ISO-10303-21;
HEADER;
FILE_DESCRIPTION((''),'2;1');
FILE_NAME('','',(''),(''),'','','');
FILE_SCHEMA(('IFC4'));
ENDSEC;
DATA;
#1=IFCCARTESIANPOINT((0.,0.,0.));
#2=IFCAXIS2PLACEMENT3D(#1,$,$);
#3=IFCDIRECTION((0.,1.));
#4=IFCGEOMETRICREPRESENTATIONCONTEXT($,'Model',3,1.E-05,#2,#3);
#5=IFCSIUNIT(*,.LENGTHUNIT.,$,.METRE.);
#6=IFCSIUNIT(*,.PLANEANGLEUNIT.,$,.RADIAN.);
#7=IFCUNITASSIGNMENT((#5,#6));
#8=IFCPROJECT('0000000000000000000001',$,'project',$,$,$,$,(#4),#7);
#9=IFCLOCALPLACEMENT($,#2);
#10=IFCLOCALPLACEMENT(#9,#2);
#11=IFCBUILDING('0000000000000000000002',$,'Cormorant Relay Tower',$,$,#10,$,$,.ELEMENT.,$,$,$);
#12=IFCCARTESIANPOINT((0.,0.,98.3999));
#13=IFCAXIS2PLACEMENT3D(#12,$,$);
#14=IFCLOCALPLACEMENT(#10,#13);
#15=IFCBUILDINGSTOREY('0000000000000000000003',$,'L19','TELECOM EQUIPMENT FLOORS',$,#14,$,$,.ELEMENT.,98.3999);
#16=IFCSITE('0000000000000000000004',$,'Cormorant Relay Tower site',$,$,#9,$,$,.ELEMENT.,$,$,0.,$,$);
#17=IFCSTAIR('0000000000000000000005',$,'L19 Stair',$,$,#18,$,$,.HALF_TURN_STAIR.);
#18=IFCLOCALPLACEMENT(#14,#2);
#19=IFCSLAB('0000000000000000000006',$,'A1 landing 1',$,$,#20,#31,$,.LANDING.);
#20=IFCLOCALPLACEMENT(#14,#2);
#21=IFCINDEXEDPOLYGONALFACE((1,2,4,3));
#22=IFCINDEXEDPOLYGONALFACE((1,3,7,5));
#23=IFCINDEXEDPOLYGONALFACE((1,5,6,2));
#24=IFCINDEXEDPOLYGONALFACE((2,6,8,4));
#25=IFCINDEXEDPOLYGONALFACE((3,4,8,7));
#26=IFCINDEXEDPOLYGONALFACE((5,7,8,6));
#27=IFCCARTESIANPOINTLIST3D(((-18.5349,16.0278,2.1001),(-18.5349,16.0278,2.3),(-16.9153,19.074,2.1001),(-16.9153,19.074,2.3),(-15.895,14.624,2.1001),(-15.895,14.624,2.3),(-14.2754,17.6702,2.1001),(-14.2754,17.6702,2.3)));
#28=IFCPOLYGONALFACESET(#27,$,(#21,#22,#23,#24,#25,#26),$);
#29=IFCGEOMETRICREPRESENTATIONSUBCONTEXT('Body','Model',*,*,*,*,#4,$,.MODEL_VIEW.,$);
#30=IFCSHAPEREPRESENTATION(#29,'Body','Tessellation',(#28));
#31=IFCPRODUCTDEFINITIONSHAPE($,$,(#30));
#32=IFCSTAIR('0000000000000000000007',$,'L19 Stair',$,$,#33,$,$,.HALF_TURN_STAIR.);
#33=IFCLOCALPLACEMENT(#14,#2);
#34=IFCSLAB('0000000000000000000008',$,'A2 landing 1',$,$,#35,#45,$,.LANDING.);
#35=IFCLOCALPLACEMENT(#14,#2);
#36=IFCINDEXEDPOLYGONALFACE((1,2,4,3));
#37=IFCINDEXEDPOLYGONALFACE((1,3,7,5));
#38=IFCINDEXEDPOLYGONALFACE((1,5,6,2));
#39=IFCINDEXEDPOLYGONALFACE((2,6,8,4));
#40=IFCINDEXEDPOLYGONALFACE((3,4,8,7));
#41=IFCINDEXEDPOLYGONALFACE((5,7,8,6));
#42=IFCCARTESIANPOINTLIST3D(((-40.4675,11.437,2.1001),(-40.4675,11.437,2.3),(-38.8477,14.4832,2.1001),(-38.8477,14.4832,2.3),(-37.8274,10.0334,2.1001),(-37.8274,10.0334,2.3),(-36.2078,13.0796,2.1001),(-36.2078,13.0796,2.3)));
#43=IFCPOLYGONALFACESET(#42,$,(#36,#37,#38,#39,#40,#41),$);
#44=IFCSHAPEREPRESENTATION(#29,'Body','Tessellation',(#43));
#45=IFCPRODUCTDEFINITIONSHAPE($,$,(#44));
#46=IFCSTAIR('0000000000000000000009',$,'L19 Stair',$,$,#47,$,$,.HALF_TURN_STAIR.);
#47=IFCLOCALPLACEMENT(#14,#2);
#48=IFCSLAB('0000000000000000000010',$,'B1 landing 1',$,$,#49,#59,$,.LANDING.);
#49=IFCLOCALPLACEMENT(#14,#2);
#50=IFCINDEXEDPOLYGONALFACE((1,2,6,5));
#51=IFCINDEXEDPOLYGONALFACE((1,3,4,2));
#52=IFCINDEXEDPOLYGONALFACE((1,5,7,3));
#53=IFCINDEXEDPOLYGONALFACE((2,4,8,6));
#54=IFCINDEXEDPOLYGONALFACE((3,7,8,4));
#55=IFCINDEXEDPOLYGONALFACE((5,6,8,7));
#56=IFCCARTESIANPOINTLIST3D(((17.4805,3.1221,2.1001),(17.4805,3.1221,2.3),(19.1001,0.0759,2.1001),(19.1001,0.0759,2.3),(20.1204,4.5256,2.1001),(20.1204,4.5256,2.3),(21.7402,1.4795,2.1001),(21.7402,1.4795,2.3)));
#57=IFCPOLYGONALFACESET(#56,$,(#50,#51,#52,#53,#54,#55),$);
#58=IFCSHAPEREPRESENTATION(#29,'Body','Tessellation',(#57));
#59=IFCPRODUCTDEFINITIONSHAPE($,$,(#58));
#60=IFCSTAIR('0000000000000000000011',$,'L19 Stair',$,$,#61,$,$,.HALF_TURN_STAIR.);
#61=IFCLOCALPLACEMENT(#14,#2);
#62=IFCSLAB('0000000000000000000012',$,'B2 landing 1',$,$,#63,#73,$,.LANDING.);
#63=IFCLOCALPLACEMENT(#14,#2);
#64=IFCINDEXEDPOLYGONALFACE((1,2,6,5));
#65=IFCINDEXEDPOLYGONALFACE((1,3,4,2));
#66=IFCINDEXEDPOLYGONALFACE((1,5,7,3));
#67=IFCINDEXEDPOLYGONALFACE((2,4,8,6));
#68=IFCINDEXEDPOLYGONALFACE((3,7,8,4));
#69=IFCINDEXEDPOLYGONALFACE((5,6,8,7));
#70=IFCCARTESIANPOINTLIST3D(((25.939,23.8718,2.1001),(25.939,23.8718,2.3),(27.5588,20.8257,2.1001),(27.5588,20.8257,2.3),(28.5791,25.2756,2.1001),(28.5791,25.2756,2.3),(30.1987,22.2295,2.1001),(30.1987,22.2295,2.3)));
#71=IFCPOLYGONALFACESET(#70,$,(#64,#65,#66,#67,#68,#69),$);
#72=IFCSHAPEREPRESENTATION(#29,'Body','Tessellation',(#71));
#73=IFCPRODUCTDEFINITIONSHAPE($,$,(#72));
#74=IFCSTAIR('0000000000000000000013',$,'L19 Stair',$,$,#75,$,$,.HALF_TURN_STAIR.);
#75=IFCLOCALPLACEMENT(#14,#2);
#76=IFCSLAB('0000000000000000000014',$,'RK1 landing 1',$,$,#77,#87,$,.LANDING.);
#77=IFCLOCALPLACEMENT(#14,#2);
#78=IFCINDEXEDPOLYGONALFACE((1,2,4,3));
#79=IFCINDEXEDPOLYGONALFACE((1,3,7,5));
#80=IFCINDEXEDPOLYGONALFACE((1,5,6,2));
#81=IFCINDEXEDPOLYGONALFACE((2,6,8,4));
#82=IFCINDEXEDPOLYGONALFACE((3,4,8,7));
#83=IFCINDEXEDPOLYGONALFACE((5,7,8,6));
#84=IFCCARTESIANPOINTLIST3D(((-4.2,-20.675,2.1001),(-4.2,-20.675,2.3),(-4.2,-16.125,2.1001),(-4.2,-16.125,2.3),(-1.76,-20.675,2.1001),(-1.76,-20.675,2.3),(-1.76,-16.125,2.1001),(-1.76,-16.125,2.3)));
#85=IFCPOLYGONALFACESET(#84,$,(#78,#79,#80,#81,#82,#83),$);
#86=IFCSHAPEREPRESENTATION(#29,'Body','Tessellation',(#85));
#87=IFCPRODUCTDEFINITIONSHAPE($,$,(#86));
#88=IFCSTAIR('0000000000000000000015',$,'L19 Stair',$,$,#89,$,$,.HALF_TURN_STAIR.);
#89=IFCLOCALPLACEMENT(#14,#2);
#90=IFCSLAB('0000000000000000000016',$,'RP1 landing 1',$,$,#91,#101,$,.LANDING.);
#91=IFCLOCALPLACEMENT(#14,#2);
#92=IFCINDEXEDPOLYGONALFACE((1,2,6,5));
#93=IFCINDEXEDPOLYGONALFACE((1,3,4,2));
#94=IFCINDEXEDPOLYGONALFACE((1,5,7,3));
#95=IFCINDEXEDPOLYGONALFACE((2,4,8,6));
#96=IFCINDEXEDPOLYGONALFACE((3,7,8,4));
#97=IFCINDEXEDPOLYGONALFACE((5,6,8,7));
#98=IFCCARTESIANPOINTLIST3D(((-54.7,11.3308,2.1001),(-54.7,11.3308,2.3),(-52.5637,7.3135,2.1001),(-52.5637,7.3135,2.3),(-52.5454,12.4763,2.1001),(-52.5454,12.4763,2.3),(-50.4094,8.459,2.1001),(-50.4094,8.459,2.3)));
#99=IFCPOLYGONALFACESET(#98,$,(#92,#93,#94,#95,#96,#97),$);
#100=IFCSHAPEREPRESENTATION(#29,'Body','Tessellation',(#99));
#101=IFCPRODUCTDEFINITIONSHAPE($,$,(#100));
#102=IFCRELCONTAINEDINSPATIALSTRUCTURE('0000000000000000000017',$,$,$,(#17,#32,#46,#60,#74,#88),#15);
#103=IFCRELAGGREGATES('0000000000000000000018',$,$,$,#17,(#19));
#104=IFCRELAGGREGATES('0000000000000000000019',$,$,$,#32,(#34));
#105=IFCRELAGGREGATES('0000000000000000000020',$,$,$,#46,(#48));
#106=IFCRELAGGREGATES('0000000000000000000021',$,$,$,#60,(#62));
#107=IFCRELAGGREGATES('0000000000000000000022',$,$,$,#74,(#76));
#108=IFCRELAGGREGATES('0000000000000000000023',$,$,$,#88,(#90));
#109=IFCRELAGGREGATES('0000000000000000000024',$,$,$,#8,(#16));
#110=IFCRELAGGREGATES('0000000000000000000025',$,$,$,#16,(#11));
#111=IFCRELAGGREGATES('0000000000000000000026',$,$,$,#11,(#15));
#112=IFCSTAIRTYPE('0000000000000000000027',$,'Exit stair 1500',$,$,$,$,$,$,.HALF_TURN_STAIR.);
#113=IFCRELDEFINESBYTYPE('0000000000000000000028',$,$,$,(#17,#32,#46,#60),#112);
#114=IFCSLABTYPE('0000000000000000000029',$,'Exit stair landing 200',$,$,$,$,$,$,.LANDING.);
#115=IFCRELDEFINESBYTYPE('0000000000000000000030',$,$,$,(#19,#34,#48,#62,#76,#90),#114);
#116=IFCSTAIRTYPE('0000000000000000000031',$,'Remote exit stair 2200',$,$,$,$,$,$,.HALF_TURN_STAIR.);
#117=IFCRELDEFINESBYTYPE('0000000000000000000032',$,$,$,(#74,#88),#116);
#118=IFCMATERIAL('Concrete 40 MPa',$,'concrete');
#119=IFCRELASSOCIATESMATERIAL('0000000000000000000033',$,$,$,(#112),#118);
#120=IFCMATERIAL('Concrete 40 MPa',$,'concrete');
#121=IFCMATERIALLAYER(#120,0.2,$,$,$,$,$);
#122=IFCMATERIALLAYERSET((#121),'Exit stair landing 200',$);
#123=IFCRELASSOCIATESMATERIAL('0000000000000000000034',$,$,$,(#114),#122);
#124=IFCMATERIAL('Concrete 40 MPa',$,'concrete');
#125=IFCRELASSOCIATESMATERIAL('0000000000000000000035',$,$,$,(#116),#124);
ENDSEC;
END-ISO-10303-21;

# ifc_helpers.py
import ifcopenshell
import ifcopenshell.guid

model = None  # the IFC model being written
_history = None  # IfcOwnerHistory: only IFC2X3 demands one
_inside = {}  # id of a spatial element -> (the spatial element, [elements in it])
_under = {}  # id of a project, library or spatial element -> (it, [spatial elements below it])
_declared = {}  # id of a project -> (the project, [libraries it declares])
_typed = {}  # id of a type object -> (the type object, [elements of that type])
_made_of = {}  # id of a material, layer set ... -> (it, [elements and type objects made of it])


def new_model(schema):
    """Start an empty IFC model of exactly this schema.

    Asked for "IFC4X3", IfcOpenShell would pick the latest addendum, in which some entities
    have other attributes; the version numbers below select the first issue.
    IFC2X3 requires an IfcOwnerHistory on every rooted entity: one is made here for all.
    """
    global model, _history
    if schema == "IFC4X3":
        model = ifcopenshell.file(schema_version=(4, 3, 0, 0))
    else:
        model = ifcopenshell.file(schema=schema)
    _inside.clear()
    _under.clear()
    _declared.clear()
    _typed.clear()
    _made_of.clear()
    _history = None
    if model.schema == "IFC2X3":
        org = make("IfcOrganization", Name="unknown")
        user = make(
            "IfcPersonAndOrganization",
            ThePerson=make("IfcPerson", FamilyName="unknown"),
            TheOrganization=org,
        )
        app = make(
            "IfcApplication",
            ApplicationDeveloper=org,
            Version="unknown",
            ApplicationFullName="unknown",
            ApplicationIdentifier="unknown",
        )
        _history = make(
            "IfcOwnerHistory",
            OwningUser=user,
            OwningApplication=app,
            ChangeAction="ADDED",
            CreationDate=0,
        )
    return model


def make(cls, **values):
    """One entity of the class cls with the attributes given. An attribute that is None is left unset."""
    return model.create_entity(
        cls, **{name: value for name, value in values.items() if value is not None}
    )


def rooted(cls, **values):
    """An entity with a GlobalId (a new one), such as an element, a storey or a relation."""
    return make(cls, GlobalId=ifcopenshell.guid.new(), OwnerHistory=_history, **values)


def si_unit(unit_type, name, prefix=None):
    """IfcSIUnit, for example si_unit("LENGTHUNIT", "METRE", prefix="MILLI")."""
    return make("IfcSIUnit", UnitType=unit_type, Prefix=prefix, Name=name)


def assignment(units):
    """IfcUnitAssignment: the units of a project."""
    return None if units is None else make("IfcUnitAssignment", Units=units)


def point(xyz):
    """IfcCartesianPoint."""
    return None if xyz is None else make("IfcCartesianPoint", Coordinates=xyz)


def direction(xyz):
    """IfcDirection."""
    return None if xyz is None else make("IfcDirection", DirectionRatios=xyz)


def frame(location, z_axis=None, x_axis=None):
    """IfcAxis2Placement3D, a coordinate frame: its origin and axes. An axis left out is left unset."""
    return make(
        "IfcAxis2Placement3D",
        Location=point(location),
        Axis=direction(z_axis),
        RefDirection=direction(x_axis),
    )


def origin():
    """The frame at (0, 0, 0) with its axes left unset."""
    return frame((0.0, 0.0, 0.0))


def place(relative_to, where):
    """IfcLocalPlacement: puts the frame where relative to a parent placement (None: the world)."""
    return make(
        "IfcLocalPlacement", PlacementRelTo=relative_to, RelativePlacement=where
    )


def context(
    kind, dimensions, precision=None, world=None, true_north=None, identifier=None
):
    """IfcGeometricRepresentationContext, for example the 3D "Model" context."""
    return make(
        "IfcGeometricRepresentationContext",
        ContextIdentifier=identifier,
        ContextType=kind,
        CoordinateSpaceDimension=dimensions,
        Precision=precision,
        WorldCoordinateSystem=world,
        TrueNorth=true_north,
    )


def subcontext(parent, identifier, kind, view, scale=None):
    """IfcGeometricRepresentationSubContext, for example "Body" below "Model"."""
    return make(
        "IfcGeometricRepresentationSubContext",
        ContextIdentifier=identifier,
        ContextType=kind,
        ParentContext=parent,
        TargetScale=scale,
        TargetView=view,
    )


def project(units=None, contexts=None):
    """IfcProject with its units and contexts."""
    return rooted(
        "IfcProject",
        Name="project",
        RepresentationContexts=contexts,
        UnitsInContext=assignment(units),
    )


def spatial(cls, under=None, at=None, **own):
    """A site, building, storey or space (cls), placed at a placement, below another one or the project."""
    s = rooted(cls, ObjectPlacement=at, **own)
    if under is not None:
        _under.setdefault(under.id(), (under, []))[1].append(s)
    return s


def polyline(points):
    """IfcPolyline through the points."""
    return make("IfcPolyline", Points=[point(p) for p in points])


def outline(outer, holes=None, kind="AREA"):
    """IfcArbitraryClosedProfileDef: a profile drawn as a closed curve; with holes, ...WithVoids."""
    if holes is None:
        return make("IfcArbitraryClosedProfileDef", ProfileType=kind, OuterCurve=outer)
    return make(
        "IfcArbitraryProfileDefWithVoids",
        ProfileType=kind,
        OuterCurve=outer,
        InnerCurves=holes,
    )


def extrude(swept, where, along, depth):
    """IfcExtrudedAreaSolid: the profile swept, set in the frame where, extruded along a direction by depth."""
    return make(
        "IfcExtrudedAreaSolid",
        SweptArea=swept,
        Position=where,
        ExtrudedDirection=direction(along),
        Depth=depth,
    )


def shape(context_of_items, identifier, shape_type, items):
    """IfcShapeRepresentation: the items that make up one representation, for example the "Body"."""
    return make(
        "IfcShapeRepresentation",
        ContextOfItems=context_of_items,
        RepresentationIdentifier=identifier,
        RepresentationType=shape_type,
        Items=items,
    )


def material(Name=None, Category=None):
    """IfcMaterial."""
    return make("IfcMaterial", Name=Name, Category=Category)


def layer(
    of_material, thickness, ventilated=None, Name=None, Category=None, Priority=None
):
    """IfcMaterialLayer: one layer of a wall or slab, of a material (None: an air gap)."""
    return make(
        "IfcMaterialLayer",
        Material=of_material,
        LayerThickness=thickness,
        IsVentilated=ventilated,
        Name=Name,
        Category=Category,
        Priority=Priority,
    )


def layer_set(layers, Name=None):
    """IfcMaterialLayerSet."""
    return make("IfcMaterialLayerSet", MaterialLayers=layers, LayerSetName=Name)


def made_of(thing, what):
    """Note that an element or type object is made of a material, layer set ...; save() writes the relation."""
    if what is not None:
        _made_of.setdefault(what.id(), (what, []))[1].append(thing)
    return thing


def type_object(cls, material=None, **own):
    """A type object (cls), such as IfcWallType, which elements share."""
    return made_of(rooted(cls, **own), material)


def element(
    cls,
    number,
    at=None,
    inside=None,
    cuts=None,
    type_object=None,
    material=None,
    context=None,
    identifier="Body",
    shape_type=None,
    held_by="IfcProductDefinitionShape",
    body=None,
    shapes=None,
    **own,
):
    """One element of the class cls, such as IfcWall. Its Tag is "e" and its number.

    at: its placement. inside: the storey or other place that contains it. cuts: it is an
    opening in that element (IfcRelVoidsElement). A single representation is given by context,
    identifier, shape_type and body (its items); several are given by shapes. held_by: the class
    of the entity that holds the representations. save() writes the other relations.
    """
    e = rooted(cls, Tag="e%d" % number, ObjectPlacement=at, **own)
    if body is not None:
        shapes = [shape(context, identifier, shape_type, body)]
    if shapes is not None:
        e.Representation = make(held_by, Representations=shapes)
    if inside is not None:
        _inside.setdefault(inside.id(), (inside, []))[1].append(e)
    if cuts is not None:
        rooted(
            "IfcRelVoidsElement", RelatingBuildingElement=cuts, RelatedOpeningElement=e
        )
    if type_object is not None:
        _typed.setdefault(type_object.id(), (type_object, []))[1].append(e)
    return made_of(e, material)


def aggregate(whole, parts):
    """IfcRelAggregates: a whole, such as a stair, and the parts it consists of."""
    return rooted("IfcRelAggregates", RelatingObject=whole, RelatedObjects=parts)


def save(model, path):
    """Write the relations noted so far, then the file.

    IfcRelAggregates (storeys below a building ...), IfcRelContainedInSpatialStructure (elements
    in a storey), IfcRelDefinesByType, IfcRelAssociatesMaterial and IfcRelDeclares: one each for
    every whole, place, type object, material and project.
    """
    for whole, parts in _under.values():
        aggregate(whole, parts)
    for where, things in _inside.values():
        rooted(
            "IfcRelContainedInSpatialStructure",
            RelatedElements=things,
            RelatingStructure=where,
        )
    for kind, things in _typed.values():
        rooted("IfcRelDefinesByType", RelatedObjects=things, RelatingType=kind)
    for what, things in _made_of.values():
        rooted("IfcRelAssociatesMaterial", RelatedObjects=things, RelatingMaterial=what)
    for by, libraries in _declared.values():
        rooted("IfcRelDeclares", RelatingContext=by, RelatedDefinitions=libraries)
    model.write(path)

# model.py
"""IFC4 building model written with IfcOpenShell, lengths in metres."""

from ifc_helpers import new_model, si_unit, direction, frame, origin, place, context, subcontext, project, spatial, polyline, outline, extrude, material, layer, layer_set, type_object, element, aggregate, save


model = new_model("IFC4")

# Units and contexts
model_context = context("Model", 3, precision=1e-05, world=origin(), true_north=direction((0.0, 1.0)))
body_context = subcontext(model_context, "Body", "Model", "MODEL_VIEW")
ifc_project = project(units=[si_unit("LENGTHUNIT", "METRE"), si_unit("PLANEANGLEUNIT", "RADIAN")], contexts=[model_context])

# Site, building, storey
site_placement = place(None, origin())
site = spatial("IfcSite", under=ifc_project, at=site_placement, Name="Cormorant Relay Tower site", CompositionType="ELEMENT", RefElevation=0.0)
building_placement = place(site_placement, origin())
building = spatial("IfcBuilding", under=site, at=building_placement, Name="Cormorant Relay Tower", CompositionType="ELEMENT")
storey_placement = place(building_placement, frame((0.0, 0.0, 98.3999)))
storey = spatial("IfcBuildingStorey", under=building, at=storey_placement, Name="L19", Description="TELECOM EQUIPMENT FLOORS", CompositionType="ELEMENT", Elevation=98.3999)

# Stairs, slabs
ifc_material_1 = material(Name="Concrete 40 MPa", Category="concrete")
stair_type_1 = type_object("IfcStairType", Name="Exit stair 1500", PredefinedType="HALF_TURN_STAIR", material=ifc_material_1)
stair_1_placement = place(storey_placement, origin())
stair_1 = element("IfcStair", 1, at=stair_1_placement, inside=storey, type_object=stair_type_1, Name="L19 Stair", PredefinedType="HALF_TURN_STAIR")
ifc_material_2 = material(Name="Concrete 40 MPa", Category="concrete")
ifc_layer_1 = layer(ifc_material_2, 0.2)
ifc_layer_set_1 = layer_set([ifc_layer_1], Name="Exit stair landing 200")
slab_type_1 = type_object("IfcSlabType", Name="Exit stair landing 200", PredefinedType="LANDING", material=ifc_layer_set_1)
slab_1_placement = place(storey_placement, frame((0.0, 0.0, 2.1001)))
slab_1 = element("IfcSlab", 2, at=slab_1_placement, type_object=slab_type_1, Name="A1 landing 1", PredefinedType="LANDING", context=body_context, shape_type="SweptSolid", body=[
    extrude(outline(polyline([(-18.5349, 16.0278), (-15.895, 14.624), (-14.2754, 17.6702), (-16.9153, 19.074), (-18.5349, 16.0278)])), origin(), (0.0, 0.0, 1.0), 0.2),
])
aggregate(stair_1, [slab_1])
stair_2_placement = place(storey_placement, origin())
stair_2 = element("IfcStair", 3, at=stair_2_placement, inside=storey, type_object=stair_type_1, Name="L19 Stair", PredefinedType="HALF_TURN_STAIR")
slab_2_placement = place(storey_placement, frame((0.0, 0.0, 2.1001)))
slab_2 = element("IfcSlab", 4, at=slab_2_placement, type_object=slab_type_1, Name="A2 landing 1", PredefinedType="LANDING", context=body_context, shape_type="SweptSolid", body=[
    extrude(outline(polyline([(-36.2078, 13.0796), (-38.8477, 14.4832), (-40.4675, 11.437), (-37.8274, 10.0334), (-36.2078, 13.0796)])), origin(), (0.0, 0.0, 1.0), 0.2),
])
aggregate(stair_2, [slab_2])
stair_3_placement = place(storey_placement, origin())
stair_3 = element("IfcStair", 5, at=stair_3_placement, inside=storey, type_object=stair_type_1, Name="L19 Stair", PredefinedType="HALF_TURN_STAIR")
slab_3_placement = place(storey_placement, frame((0.0, 0.0, 2.1001)))
slab_3 = element("IfcSlab", 6, at=slab_3_placement, type_object=slab_type_1, Name="B1 landing 1", PredefinedType="LANDING", context=body_context, shape_type="SweptSolid", body=[
    extrude(outline(polyline([(20.1204, 4.5256), (17.4805, 3.1221), (19.1001, 0.0759), (21.7402, 1.4795), (20.1204, 4.5256)])), origin(), (0.0, 0.0, 1.0), 0.2),
])
aggregate(stair_3, [slab_3])
stair_4_placement = place(storey_placement, origin())
stair_4 = element("IfcStair", 7, at=stair_4_placement, inside=storey, type_object=stair_type_1, Name="L19 Stair", PredefinedType="HALF_TURN_STAIR")
slab_4_placement = place(storey_placement, frame((0.0, 0.0, 2.1001)))
slab_4 = element("IfcSlab", 8, at=slab_4_placement, type_object=slab_type_1, Name="B2 landing 1", PredefinedType="LANDING", context=body_context, shape_type="SweptSolid", body=[
    extrude(outline(polyline([(27.5588, 20.8257), (30.1987, 22.2295), (28.5791, 25.2756), (25.939, 23.8718), (27.5588, 20.8257)])), origin(), (0.0, 0.0, 1.0), 0.2),
])
aggregate(stair_4, [slab_4])
ifc_material_3 = material(Name="Concrete 40 MPa", Category="concrete")
stair_type_2 = type_object("IfcStairType", Name="Remote exit stair 2200", PredefinedType="HALF_TURN_STAIR", material=ifc_material_3)
stair_5_placement = place(storey_placement, origin())
stair_5 = element("IfcStair", 9, at=stair_5_placement, inside=storey, type_object=stair_type_2, Name="L19 Stair", PredefinedType="HALF_TURN_STAIR")
slab_5_placement = place(storey_placement, frame((0.0, 0.0, 2.1001)))
slab_5 = element("IfcSlab", 10, at=slab_5_placement, type_object=slab_type_1, Name="RK1 landing 1", PredefinedType="LANDING", context=body_context, shape_type="SweptSolid", body=[
    extrude(outline(polyline([(-1.76, -16.125), (-4.2, -16.125), (-4.2, -20.675), (-1.76, -20.675), (-1.76, -16.125)])), origin(), (0.0, 0.0, 1.0), 0.2),
])
aggregate(stair_5, [slab_5])
stair_6_placement = place(storey_placement, origin())
stair_6 = element("IfcStair", 11, at=stair_6_placement, inside=storey, type_object=stair_type_2, Name="L19 Stair", PredefinedType="HALF_TURN_STAIR")
slab_6_placement = place(storey_placement, frame((0.0, 0.0, 2.1001)))
slab_6 = element("IfcSlab", 12, at=slab_6_placement, type_object=slab_type_1, Name="RP1 landing 1", PredefinedType="LANDING", context=body_context, shape_type="SweptSolid", body=[
    extrude(outline(polyline([(-52.5454, 12.4763), (-54.7, 11.3308), (-52.5637, 7.3135), (-50.4094, 8.459), (-52.5454, 12.4763)])), origin(), (0.0, 0.0, 1.0), 0.2),
])
aggregate(stair_6, [slab_6])

save(model, "model.ifc")
